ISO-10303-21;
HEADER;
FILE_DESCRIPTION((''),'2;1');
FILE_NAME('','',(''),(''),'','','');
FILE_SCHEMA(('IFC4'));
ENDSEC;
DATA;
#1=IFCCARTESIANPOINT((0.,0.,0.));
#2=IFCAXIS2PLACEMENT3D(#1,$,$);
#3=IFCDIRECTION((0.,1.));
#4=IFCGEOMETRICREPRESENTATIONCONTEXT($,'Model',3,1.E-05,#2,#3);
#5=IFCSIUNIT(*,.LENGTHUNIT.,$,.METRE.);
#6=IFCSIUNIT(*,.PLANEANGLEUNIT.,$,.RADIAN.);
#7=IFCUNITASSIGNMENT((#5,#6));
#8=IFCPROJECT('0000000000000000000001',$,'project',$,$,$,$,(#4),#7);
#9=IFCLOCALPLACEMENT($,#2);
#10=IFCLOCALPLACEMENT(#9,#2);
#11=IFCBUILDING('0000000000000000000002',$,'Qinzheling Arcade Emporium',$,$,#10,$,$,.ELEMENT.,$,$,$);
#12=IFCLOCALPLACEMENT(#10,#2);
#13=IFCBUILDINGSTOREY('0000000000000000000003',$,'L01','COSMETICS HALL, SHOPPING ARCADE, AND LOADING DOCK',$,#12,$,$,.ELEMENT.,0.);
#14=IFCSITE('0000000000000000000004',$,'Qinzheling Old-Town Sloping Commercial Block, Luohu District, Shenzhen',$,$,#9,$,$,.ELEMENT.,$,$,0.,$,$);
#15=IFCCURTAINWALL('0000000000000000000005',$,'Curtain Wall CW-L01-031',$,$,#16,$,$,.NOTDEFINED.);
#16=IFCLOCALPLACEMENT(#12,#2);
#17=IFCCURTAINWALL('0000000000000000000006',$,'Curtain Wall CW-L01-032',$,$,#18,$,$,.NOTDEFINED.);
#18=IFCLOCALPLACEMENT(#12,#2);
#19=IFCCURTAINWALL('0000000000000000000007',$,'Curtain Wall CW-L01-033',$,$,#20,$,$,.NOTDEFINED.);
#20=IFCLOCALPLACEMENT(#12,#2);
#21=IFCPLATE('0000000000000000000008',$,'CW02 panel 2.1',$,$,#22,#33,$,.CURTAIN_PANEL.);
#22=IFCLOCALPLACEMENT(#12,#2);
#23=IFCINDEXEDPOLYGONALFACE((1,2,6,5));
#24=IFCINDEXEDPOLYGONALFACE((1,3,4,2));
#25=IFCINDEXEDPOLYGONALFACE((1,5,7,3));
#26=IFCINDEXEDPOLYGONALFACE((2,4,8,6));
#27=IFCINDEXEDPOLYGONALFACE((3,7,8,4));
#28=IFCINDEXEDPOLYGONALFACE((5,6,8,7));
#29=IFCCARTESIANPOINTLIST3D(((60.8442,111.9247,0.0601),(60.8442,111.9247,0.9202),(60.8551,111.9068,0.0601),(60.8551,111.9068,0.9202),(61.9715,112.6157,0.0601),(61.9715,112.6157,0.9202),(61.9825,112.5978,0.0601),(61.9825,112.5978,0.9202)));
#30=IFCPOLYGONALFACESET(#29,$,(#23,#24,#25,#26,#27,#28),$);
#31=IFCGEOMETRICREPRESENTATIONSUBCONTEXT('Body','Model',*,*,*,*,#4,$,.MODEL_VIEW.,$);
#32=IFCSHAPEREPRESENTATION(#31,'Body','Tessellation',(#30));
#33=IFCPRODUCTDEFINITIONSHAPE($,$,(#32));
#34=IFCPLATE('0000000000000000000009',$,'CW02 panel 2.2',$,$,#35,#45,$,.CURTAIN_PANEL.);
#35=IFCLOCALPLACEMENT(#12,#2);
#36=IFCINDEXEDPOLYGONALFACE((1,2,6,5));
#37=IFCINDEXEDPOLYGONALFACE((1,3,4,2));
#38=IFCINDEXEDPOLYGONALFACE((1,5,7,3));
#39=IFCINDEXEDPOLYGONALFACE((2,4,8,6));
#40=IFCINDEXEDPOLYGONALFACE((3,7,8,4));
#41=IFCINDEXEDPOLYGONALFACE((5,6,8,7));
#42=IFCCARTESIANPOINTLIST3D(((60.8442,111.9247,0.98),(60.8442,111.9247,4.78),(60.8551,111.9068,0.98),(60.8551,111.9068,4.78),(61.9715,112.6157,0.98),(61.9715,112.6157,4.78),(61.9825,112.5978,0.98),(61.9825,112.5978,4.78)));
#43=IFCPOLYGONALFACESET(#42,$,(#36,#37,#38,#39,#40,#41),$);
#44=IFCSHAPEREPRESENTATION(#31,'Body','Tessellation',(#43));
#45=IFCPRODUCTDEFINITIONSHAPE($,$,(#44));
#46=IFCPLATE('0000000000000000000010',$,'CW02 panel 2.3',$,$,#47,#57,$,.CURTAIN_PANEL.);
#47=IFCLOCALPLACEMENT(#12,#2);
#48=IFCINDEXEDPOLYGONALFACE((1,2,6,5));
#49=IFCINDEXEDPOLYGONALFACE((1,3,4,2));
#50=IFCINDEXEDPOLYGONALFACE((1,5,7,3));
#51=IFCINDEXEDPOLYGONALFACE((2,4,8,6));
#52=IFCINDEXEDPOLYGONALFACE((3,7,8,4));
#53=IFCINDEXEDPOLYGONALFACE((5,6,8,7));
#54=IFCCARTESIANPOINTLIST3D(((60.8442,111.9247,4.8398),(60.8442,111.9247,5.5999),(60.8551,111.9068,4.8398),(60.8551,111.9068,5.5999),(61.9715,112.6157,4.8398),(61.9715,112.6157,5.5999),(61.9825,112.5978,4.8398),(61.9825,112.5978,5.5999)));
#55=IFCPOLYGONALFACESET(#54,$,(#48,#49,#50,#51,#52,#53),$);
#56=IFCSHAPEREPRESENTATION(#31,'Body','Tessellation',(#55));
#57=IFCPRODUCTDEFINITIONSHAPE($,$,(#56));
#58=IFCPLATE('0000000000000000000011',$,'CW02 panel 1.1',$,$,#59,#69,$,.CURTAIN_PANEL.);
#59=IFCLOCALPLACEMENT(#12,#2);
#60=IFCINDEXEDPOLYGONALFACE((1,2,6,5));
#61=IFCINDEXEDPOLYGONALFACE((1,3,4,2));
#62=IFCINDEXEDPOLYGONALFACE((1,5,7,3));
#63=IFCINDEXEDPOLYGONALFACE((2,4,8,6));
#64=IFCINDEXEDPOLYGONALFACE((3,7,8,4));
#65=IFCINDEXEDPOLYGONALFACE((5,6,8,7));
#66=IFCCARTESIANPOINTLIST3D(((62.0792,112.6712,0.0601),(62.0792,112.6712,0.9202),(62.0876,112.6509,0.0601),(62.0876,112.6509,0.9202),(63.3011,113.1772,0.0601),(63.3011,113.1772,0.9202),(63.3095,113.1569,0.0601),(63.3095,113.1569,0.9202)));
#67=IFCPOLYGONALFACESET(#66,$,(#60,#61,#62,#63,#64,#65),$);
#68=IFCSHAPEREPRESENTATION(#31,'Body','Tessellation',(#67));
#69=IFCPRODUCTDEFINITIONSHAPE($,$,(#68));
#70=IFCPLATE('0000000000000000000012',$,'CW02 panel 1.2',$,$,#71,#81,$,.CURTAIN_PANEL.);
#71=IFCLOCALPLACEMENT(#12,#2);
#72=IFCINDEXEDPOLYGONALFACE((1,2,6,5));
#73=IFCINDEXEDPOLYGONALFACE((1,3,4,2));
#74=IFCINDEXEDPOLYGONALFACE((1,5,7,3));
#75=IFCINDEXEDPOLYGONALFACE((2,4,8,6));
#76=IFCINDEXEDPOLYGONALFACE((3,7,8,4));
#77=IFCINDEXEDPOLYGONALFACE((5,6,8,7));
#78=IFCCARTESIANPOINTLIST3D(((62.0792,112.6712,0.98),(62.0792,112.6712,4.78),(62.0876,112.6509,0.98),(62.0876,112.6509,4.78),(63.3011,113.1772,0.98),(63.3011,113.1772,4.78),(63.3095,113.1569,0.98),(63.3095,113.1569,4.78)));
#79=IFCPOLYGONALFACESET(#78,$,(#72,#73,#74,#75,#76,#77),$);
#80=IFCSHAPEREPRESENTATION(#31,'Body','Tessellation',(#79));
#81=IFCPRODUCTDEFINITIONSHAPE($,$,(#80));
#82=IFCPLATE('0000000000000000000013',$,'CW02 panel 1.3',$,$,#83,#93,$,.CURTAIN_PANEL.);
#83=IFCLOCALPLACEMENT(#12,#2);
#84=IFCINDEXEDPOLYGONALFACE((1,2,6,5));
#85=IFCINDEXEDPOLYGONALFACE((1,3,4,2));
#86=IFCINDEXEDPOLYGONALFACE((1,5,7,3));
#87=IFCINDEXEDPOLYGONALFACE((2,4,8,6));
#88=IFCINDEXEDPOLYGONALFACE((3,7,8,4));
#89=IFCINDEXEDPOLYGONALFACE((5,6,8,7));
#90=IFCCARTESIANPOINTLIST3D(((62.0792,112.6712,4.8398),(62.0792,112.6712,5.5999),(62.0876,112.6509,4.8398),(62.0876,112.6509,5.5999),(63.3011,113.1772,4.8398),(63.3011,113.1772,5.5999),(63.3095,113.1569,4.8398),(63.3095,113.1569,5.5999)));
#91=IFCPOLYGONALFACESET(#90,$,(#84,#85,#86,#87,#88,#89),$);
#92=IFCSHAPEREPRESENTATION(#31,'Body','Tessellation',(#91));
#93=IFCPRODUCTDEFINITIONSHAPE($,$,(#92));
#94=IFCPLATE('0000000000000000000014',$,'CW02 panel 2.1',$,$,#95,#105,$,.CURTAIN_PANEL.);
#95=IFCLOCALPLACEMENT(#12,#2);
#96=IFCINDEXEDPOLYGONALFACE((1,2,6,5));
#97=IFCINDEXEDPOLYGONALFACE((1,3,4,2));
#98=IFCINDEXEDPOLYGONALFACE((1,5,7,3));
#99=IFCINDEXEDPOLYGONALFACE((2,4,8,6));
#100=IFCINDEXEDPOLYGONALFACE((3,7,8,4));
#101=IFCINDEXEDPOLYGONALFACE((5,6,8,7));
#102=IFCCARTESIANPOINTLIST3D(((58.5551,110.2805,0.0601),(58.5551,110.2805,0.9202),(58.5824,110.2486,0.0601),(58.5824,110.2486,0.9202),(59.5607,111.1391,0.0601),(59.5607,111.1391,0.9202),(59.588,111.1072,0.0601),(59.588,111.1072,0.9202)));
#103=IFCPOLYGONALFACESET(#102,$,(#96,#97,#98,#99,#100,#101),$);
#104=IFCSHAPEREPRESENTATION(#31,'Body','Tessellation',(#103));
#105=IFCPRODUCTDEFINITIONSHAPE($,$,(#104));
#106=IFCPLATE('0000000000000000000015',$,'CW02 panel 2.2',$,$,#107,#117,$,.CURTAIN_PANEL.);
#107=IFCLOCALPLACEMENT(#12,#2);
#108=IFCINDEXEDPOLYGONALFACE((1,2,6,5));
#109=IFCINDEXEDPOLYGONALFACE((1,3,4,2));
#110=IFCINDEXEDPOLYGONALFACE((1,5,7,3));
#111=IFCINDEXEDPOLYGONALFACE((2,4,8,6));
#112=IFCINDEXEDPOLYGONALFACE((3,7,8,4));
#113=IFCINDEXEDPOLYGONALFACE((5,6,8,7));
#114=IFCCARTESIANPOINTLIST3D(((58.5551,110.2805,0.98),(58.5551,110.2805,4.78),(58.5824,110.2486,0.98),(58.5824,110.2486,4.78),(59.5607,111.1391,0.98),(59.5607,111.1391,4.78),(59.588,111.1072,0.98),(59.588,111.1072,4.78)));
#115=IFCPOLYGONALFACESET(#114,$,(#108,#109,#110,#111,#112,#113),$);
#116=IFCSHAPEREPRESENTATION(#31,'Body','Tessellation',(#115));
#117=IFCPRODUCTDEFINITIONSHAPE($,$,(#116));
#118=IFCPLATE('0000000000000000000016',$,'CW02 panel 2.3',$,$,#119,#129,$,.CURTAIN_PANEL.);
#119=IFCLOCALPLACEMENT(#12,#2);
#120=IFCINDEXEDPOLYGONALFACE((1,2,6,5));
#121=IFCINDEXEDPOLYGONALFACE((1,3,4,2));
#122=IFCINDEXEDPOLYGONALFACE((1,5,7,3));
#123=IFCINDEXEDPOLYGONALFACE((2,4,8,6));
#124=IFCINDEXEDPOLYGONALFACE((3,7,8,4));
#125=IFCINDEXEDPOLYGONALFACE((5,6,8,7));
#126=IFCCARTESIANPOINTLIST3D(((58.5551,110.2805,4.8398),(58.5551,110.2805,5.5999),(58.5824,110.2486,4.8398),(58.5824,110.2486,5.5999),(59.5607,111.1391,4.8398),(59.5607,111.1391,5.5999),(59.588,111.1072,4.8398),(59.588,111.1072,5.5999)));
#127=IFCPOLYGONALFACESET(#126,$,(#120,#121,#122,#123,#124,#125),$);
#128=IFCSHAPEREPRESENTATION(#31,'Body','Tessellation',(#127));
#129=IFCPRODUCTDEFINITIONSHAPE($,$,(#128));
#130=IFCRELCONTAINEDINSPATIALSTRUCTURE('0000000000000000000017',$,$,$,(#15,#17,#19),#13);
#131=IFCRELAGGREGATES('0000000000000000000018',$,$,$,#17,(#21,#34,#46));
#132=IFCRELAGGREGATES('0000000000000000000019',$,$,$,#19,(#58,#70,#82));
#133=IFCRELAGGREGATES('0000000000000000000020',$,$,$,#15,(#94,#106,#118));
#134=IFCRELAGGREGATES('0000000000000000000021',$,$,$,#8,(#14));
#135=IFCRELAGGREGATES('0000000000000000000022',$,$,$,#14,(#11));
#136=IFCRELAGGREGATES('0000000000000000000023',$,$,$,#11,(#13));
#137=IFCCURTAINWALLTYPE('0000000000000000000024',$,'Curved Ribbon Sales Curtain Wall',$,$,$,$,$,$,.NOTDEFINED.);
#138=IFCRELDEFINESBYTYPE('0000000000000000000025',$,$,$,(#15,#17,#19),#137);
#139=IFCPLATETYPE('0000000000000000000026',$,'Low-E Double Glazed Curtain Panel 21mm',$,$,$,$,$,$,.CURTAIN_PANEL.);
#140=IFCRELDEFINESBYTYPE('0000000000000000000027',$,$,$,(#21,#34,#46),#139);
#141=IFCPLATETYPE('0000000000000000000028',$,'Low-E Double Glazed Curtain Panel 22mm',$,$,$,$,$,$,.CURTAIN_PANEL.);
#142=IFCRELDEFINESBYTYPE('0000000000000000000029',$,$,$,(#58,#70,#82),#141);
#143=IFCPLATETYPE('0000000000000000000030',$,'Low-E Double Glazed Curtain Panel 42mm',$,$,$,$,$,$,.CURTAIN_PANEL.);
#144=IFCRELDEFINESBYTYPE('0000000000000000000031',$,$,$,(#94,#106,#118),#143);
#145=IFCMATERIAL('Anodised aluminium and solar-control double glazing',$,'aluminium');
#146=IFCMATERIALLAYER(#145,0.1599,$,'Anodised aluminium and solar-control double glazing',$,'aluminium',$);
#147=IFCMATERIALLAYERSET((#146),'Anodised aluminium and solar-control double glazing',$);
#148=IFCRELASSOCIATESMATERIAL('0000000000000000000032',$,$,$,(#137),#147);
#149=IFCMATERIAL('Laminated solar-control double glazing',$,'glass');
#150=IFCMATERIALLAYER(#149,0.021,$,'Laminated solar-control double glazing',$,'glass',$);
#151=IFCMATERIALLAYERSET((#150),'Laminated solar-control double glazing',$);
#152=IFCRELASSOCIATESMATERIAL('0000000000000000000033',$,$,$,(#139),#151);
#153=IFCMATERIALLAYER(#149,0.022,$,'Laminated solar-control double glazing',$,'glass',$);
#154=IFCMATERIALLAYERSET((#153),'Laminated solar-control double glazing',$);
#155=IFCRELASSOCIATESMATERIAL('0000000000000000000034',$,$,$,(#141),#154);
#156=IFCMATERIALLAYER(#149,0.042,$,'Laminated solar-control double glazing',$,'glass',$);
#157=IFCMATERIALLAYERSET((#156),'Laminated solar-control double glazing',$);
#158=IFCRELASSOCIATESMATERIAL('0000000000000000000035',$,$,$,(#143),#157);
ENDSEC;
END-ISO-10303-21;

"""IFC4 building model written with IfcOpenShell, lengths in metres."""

from ifc_helpers import new_model, si_unit, direction, frame, origin, origin_2d, place, context, subcontext, project, spatial, rectangle, extrude, material, layer, layer_set, type_object, element, aggregate, save


model = new_model("IFC4")

# Units and contexts
model_context = context("Model", 3, precision=1e-05, world=origin(), true_north=direction((0.0, 1.0)))
body_context = subcontext(model_context, "Body", "Model", "MODEL_VIEW")
ifc_project = project(units=[si_unit("LENGTHUNIT", "METRE"), si_unit("PLANEANGLEUNIT", "RADIAN")], contexts=[model_context])

# Site, building, storey
site_placement = place(None, origin())
site = spatial("IfcSite", under=ifc_project, at=site_placement, Name="Qinzheling Old-Town Sloping Commercial Block, Luohu District, Shenzhen", CompositionType="ELEMENT", RefElevation=0.0)
building_placement = place(site_placement, origin())
building = spatial("IfcBuilding", under=site, at=building_placement, Name="Qinzheling Arcade Emporium", CompositionType="ELEMENT")
storey_placement = place(building_placement, origin())
storey = spatial("IfcBuildingStorey", under=building, at=storey_placement, Name="L01", Description="COSMETICS HALL, SHOPPING ARCADE, AND LOADING DOCK", CompositionType="ELEMENT", Elevation=0.0)

# Curtain wall
ifc_material_1 = material(Name="Anodised aluminium and solar-control double glazing", Category="aluminium")
ifc_layer_1 = layer(ifc_material_1, 0.1599, Name="Anodised aluminium and solar-control double glazing", Category="aluminium")
ifc_layer_set_1 = layer_set([ifc_layer_1], Name="Anodised aluminium and solar-control double glazing")
curtain_wall_type = type_object("IfcCurtainWallType", Name="Curved Ribbon Sales Curtain Wall", PredefinedType="NOTDEFINED", material=ifc_layer_set_1)
curtain_wall_1_placement = place(storey_placement, origin())
curtain_wall_1 = element("IfcCurtainWall", 1, at=curtain_wall_1_placement, inside=storey, type_object=curtain_wall_type, Name="Curtain Wall CW-L01-031", PredefinedType="NOTDEFINED")

# Curtain walls
curtain_wall_2_placement = place(storey_placement, origin())
curtain_wall_2 = element("IfcCurtainWall", 2, at=curtain_wall_2_placement, inside=storey, type_object=curtain_wall_type, Name="Curtain Wall CW-L01-032", PredefinedType="NOTDEFINED")
curtain_wall_3_placement = place(storey_placement, origin())
curtain_wall_3 = element("IfcCurtainWall", 3, at=curtain_wall_3_placement, inside=storey, type_object=curtain_wall_type, Name="Curtain Wall CW-L01-033", PredefinedType="NOTDEFINED")

# Plates
ifc_material_2 = material(Name="Laminated solar-control double glazing", Category="glass")
ifc_layer_2 = layer(ifc_material_2, 0.021, Name="Laminated solar-control double glazing", Category="glass")
ifc_layer_set_2 = layer_set([ifc_layer_2], Name="Laminated solar-control double glazing")
plate_type_1 = type_object("IfcPlateType", Name="Low-E Double Glazed Curtain Panel 21mm", PredefinedType="CURTAIN_PANEL", material=ifc_layer_set_2)
plate_1_placement = place(storey_placement, frame((61.4133, 112.2612, 0.0601), z_axis=(0.0, 0.0, 1.0), x_axis=(0.852581, 0.522595, 0.0)))
plate_1 = element("IfcPlate", 4, at=plate_1_placement, type_object=plate_type_1, Name="CW02 panel 2.1", PredefinedType="CURTAIN_PANEL", context=body_context, shape_type="SweptSolid", body=[
    extrude(rectangle(XDim=1.3223, YDim=0.021, at=origin_2d()), origin(), (0.0, 0.0, 1.0), 0.8601),
])
plate_2_placement = place(storey_placement, frame((61.4133, 112.2612, 0.98), z_axis=(0.0, 0.0, 1.0), x_axis=(0.852581, 0.522595, 0.0)))
plate_2 = element("IfcPlate", 5, at=plate_2_placement, type_object=plate_type_1, Name="CW02 panel 2.2", PredefinedType="CURTAIN_PANEL", context=body_context, shape_type="SweptSolid", body=[
    extrude(rectangle(XDim=1.3223, YDim=0.021, at=origin_2d()), origin(), (0.0, 0.0, 1.0), 3.8),
])
plate_3_placement = place(storey_placement, frame((61.4133, 112.2612, 4.8398), z_axis=(0.0, 0.0, 1.0), x_axis=(0.852581, 0.522595, 0.0)))
plate_3 = element("IfcPlate", 6, at=plate_3_placement, type_object=plate_type_1, Name="CW02 panel 2.3", PredefinedType="CURTAIN_PANEL", context=body_context, shape_type="SweptSolid", body=[
    extrude(rectangle(XDim=1.3223, YDim=0.021, at=origin_2d()), origin(), (0.0, 0.0, 1.0), 0.76),
])
aggregate(curtain_wall_2, [plate_1, plate_2, plate_3])
ifc_layer_3 = layer(ifc_material_2, 0.022, Name="Laminated solar-control double glazing", Category="glass")
ifc_layer_set_3 = layer_set([ifc_layer_3], Name="Laminated solar-control double glazing")
plate_type_2 = type_object("IfcPlateType", Name="Low-E Double Glazed Curtain Panel 22mm", PredefinedType="CURTAIN_PANEL", material=ifc_layer_set_3)
plate_4_placement = place(storey_placement, frame((62.6943, 112.9141, 0.0601), z_axis=(0.0, 0.0, 1.0), x_axis=(0.923892, 0.382654, 0.0)))
plate_4 = element("IfcPlate", 7, at=plate_4_placement, type_object=plate_type_2, Name="CW02 panel 1.1", PredefinedType="CURTAIN_PANEL", context=body_context, shape_type="SweptSolid", body=[
    extrude(rectangle(XDim=1.3225, YDim=0.022, at=origin_2d()), origin(), (0.0, 0.0, 1.0), 0.8601),
])
plate_5_placement = place(storey_placement, frame((62.6943, 112.9141, 0.98), z_axis=(0.0, 0.0, 1.0), x_axis=(0.923892, 0.382654, 0.0)))
plate_5 = element("IfcPlate", 8, at=plate_5_placement, type_object=plate_type_2, Name="CW02 panel 1.2", PredefinedType="CURTAIN_PANEL", context=body_context, shape_type="SweptSolid", body=[
    extrude(rectangle(XDim=1.3225, YDim=0.022, at=origin_2d()), origin(), (0.0, 0.0, 1.0), 3.8),
])
plate_6_placement = place(storey_placement, frame((62.6943, 112.9141, 4.8398), z_axis=(0.0, 0.0, 1.0), x_axis=(0.923892, 0.382654, 0.0)))
plate_6 = element("IfcPlate", 9, at=plate_6_placement, type_object=plate_type_2, Name="CW02 panel 1.3", PredefinedType="CURTAIN_PANEL", context=body_context, shape_type="SweptSolid", body=[
    extrude(rectangle(XDim=1.3225, YDim=0.022, at=origin_2d()), origin(), (0.0, 0.0, 1.0), 0.76),
])
aggregate(curtain_wall_3, [plate_4, plate_5, plate_6])
ifc_layer_4 = layer(ifc_material_2, 0.042, Name="Laminated solar-control double glazing", Category="glass")
ifc_layer_set_4 = layer_set([ifc_layer_4], Name="Laminated solar-control double glazing")
plate_type_3 = type_object("IfcPlateType", Name="Low-E Double Glazed Curtain Panel 42mm", PredefinedType="CURTAIN_PANEL", material=ifc_layer_set_4)
plate_7_placement = place(storey_placement, frame((59.0715, 110.6938, 0.0601), z_axis=(0.0, 0.0, 1.0), x_axis=(0.760505, 0.649332, 0.0)))
plate_7 = element("IfcPlate", 10, at=plate_7_placement, type_object=plate_type_3, Name="CW02 panel 2.1", PredefinedType="CURTAIN_PANEL", context=body_context, shape_type="SweptSolid", body=[
    extrude(rectangle(XDim=1.3223, YDim=0.042, at=origin_2d()), origin(), (0.0, 0.0, 1.0), 0.8601),
])
plate_8_placement = place(storey_placement, frame((59.0715, 110.6938, 0.98), z_axis=(0.0, 0.0, 1.0), x_axis=(0.760505, 0.649332, 0.0)))
plate_8 = element("IfcPlate", 11, at=plate_8_placement, type_object=plate_type_3, Name="CW02 panel 2.2", PredefinedType="CURTAIN_PANEL", context=body_context, shape_type="SweptSolid", body=[
    extrude(rectangle(XDim=1.3223, YDim=0.042, at=origin_2d()), origin(), (0.0, 0.0, 1.0), 3.8),
])
plate_9_placement = place(storey_placement, frame((59.0715, 110.6938, 4.8398), z_axis=(0.0, 0.0, 1.0), x_axis=(0.760505, 0.649332, 0.0)))
plate_9 = element("IfcPlate", 12, at=plate_9_placement, type_object=plate_type_3, Name="CW02 panel 2.3", PredefinedType="CURTAIN_PANEL", context=body_context, shape_type="SweptSolid", body=[
    extrude(rectangle(XDim=1.3223, YDim=0.042, at=origin_2d()), origin(), (0.0, 0.0, 1.0), 0.76),
])
aggregate(curtain_wall_1, [plate_7, plate_8, plate_9])

save(model, "model.ifc")
